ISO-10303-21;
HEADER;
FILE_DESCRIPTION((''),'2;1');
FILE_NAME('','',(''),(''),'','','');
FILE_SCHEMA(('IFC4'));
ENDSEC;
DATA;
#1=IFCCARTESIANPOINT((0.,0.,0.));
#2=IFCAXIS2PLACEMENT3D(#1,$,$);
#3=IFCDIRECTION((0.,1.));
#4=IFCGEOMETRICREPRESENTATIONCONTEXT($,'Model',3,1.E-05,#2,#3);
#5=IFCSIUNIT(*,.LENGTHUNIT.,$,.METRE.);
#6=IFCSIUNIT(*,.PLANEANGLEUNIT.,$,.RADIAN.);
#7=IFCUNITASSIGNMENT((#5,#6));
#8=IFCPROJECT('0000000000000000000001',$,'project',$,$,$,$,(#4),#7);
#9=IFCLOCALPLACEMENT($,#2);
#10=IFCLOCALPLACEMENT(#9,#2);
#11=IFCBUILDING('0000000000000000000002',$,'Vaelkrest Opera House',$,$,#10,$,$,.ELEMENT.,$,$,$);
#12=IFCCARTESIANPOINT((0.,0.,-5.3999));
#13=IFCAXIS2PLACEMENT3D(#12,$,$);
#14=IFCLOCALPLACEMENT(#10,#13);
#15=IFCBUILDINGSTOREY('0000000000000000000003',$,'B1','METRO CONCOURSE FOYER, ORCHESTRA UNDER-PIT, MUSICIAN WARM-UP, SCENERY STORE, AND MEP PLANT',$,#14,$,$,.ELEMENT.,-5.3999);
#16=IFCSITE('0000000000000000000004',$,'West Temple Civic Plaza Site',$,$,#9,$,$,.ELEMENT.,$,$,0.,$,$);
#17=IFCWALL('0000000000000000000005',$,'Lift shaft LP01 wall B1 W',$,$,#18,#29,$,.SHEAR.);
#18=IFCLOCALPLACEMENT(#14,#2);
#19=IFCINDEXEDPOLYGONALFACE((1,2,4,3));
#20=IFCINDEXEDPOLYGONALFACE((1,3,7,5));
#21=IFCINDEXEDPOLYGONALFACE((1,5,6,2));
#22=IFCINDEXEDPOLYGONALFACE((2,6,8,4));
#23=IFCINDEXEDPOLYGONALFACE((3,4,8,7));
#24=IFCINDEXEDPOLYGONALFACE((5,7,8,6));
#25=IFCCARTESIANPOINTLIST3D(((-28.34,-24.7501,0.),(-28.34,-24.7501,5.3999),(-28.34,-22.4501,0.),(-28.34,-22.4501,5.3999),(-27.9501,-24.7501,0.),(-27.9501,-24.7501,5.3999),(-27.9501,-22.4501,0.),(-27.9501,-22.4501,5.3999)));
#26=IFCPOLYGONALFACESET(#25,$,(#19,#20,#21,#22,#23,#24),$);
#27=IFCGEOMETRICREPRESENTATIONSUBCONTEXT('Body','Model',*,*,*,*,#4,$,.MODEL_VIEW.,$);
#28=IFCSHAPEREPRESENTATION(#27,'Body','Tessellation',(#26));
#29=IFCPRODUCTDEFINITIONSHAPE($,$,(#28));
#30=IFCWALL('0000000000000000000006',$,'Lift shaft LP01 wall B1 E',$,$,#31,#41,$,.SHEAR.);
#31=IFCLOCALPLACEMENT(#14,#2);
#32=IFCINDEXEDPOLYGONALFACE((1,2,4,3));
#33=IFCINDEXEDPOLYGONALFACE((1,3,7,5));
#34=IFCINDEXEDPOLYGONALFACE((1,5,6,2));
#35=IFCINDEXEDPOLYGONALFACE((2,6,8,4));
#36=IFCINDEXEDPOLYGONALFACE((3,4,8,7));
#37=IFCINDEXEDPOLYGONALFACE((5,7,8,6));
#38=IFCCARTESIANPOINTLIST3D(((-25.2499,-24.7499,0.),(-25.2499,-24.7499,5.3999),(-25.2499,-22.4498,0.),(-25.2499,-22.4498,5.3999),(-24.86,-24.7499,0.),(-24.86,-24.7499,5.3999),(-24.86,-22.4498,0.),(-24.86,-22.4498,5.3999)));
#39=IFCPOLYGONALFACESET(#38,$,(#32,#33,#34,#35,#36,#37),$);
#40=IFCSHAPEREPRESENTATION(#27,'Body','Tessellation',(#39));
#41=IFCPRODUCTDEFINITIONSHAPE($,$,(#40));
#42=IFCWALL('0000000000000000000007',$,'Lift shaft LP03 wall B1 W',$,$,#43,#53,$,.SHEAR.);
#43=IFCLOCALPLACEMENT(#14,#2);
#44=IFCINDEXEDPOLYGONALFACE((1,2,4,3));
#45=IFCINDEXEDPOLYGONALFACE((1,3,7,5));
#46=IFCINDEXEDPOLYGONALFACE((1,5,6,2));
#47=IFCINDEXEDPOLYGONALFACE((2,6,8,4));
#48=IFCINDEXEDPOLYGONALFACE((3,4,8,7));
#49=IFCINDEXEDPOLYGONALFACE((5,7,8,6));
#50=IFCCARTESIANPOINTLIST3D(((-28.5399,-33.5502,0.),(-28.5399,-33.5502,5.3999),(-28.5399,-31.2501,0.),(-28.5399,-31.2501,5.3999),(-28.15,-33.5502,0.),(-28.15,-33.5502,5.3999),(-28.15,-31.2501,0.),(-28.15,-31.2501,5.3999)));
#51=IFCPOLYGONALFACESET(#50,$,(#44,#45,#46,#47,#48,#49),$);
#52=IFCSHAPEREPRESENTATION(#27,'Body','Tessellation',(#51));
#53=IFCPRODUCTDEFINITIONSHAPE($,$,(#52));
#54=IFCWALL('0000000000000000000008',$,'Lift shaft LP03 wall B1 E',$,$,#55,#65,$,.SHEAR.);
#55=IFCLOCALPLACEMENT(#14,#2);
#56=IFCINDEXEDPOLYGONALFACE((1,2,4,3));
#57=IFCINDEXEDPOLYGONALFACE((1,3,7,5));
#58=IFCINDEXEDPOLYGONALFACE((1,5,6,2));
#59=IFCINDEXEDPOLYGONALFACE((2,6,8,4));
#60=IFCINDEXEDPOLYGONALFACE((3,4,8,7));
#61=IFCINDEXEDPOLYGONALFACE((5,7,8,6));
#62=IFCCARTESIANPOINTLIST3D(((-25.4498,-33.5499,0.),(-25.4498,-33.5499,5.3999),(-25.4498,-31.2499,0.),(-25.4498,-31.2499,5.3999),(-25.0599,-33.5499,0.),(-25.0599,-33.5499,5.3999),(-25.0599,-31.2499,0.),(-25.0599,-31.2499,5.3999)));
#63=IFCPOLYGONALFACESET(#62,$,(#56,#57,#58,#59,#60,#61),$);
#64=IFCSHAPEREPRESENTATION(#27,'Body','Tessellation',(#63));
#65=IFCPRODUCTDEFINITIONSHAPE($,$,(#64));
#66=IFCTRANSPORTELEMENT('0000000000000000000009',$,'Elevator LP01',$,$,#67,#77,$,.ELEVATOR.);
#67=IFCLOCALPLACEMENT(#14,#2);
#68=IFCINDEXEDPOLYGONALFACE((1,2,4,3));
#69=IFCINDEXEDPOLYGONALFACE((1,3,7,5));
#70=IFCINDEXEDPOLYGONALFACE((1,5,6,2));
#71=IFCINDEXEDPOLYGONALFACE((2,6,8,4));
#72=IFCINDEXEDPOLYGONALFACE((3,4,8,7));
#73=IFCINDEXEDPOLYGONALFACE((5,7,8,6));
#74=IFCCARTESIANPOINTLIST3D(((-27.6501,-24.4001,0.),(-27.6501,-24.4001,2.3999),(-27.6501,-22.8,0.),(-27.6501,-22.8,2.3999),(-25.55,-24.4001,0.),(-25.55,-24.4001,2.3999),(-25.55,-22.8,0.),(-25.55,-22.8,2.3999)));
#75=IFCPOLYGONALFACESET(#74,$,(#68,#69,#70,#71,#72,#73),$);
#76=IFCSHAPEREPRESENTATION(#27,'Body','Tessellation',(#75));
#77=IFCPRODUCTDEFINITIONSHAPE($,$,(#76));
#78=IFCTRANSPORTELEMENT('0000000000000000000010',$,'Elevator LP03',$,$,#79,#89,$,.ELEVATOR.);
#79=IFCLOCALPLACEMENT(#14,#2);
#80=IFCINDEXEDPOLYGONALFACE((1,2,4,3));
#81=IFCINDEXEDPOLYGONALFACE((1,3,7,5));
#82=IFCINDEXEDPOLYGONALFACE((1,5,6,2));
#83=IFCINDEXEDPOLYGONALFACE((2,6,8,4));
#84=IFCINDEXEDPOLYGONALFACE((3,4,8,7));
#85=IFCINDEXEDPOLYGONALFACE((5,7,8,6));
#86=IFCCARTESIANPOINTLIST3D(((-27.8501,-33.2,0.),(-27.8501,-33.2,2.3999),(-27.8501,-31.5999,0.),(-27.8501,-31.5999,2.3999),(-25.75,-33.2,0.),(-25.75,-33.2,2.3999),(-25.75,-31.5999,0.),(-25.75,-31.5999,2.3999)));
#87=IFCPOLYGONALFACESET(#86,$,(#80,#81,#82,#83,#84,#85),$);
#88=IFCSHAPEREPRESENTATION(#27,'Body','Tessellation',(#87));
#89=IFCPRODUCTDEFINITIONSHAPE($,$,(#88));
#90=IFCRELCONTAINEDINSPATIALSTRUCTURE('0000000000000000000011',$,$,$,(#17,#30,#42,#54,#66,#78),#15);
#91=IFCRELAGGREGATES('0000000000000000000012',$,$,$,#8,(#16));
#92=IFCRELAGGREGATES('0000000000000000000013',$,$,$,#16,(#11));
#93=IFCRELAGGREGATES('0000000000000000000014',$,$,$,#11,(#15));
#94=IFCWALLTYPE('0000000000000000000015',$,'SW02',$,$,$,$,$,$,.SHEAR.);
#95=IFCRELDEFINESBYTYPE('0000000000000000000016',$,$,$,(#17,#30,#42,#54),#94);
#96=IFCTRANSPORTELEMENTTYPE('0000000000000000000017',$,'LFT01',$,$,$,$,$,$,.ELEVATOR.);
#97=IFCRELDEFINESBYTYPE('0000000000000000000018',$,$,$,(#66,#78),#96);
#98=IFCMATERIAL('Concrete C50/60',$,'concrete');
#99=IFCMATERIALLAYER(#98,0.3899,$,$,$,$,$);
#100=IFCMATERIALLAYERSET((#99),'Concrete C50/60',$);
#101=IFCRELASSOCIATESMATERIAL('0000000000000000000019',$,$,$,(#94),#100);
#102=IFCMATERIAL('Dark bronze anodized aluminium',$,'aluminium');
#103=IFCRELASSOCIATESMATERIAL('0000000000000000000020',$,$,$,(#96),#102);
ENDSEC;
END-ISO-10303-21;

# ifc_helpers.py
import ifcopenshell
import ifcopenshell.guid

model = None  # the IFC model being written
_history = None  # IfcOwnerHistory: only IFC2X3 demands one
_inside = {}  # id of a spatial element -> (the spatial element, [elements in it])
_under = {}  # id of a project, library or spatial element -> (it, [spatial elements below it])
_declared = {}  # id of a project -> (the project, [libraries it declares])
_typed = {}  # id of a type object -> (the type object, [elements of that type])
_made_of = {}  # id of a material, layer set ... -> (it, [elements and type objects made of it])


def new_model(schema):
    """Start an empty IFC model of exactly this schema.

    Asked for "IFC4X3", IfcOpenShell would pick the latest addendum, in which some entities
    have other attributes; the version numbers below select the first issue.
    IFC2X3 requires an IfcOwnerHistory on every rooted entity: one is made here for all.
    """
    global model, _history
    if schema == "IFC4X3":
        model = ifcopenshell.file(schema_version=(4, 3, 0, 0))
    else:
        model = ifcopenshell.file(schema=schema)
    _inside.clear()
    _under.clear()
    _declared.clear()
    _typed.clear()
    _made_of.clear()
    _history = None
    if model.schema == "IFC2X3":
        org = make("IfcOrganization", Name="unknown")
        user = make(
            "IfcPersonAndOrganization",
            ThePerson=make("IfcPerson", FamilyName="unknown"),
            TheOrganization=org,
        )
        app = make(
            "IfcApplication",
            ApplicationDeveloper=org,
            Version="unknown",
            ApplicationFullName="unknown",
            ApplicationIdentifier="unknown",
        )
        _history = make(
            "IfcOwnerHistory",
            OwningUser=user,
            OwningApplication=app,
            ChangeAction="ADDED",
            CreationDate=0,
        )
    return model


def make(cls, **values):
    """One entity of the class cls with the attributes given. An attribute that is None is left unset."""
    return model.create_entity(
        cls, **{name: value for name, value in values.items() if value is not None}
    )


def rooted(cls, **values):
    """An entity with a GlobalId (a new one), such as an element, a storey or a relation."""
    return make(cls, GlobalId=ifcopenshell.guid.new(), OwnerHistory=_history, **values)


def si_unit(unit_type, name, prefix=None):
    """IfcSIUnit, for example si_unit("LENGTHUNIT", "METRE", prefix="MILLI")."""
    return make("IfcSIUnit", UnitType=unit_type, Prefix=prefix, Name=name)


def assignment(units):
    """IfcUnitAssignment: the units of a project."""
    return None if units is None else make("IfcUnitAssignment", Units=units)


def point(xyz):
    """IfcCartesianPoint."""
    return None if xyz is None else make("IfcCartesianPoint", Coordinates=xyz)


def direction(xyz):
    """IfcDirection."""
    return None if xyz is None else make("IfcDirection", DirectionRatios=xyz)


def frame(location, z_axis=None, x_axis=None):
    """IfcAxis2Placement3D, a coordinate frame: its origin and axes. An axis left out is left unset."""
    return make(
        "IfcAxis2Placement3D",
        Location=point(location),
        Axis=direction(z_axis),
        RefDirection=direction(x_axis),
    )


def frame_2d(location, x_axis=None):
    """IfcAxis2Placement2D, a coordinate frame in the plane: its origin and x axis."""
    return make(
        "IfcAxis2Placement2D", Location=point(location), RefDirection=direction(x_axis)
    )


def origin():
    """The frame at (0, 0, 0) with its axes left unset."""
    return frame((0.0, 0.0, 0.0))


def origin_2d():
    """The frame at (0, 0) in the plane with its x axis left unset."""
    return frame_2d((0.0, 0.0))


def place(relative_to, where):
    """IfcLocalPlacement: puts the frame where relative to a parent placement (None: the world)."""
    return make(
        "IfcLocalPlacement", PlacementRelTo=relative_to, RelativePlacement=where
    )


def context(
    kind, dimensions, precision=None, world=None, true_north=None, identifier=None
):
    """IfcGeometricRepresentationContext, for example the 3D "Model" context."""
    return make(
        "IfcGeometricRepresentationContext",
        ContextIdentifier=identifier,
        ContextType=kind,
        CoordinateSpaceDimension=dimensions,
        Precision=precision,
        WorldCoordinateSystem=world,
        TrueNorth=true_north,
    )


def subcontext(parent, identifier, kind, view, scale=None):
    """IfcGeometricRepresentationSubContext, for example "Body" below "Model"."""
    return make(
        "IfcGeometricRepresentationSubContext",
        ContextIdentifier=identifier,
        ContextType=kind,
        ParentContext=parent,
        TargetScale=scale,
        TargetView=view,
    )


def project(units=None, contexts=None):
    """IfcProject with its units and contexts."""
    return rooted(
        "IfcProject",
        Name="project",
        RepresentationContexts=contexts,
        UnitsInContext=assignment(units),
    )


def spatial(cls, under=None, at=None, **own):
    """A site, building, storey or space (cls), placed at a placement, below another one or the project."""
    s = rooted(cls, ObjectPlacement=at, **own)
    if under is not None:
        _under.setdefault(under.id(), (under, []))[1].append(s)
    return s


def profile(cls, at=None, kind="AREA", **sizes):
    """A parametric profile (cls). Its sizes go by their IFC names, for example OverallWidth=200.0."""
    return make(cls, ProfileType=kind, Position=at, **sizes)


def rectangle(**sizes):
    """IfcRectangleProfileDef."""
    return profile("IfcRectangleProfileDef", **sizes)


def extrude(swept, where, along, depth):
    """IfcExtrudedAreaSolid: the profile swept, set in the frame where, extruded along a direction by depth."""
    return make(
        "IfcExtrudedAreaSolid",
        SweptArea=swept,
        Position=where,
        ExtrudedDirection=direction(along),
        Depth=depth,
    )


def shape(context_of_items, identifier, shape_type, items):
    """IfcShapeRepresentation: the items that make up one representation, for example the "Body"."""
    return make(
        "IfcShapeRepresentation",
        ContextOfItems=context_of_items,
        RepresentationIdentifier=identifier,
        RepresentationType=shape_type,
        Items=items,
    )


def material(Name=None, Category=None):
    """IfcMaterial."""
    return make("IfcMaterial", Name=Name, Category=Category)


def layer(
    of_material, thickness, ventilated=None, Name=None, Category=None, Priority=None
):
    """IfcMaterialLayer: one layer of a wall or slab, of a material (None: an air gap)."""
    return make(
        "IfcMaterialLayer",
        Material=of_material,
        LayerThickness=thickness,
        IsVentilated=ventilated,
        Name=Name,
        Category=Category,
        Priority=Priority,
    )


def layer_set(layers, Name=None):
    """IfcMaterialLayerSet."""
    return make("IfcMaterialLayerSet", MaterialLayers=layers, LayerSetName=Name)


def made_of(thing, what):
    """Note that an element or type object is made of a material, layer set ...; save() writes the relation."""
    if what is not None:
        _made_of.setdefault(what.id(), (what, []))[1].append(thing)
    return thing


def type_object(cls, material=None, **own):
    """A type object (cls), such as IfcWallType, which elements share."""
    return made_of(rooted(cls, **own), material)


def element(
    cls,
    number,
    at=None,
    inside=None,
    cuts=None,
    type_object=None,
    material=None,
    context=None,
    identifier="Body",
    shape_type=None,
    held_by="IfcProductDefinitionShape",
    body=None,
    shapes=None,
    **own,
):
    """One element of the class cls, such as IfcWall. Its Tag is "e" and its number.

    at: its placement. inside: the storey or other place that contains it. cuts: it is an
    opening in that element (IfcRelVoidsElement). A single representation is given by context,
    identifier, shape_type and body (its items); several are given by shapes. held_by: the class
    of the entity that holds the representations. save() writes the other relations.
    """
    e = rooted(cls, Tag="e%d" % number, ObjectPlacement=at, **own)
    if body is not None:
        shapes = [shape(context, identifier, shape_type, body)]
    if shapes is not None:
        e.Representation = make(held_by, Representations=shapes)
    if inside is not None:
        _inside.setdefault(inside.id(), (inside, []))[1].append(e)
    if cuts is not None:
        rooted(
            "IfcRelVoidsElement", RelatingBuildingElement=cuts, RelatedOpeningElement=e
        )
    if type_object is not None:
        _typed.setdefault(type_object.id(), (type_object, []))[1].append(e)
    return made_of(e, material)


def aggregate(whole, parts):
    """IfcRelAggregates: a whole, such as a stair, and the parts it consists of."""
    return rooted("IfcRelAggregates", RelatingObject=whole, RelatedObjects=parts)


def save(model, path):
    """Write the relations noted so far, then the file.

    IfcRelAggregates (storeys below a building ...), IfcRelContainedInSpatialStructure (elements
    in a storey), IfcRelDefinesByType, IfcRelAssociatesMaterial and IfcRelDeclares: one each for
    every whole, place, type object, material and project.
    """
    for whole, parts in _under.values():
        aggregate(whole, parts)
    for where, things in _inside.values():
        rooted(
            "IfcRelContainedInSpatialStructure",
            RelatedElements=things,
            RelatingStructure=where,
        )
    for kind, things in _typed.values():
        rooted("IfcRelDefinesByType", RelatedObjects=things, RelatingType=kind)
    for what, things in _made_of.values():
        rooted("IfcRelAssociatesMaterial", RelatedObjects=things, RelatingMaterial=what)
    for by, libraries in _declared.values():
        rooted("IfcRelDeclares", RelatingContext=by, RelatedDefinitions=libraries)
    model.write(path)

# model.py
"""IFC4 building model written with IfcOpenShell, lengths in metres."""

from ifc_helpers import new_model, si_unit, direction, frame, frame_2d, origin, origin_2d, place, context, subcontext, project, spatial, rectangle, extrude, material, layer, layer_set, type_object, element, save


model = new_model("IFC4")

# Units and contexts
model_context = context("Model", 3, precision=1e-05, world=origin(), true_north=direction((0.0, 1.0)))
body_context = subcontext(model_context, "Body", "Model", "MODEL_VIEW")
ifc_project = project(units=[si_unit("LENGTHUNIT", "METRE"), si_unit("PLANEANGLEUNIT", "RADIAN")], contexts=[model_context])

# Site, building, storey
site_placement = place(None, origin())
site = spatial("IfcSite", under=ifc_project, at=site_placement, Name="West Temple Civic Plaza Site", CompositionType="ELEMENT", RefElevation=0.0)
building_placement = place(site_placement, origin())
building = spatial("IfcBuilding", under=site, at=building_placement, Name="Vaelkrest Opera House", CompositionType="ELEMENT")
storey_placement = place(building_placement, frame((0.0, 0.0, -5.3999)))
storey = spatial("IfcBuildingStorey", under=building, at=storey_placement, Name="B1", Description="METRO CONCOURSE FOYER, ORCHESTRA UNDER-PIT, MUSICIAN WARM-UP, SCENERY STORE, AND MEP PLANT", CompositionType="ELEMENT", Elevation=-5.3999)

# Shared definitions
ifc_material_1 = material(Name="Concrete C50/60", Category="concrete")

# Shared definitions
ifc_layer = layer(ifc_material_1, 0.3899)
ifc_layer_set = layer_set([ifc_layer], Name="Concrete C50/60")
wall_type = type_object("IfcWallType", Name="SW02", PredefinedType="SHEAR", material=ifc_layer_set)
ifc_material_2 = material(Name="Dark bronze anodized aluminium", Category="aluminium")

# Walls
for number, where, z_axis, x_axis, name in (
    (1, (-28.145, -24.75, 0.0), (0.0, 0.0, 1.0), (0.0, 1.0, 0.0), "Lift shaft LP01 wall B1 W"),
    (2, (-25.0549, -22.45, 0.0), (0.0, 0.0, 1.0), (0.0, -1.0, 0.0), "Lift shaft LP01 wall B1 E"),
):
    element("IfcWall", number, at=place(storey_placement, frame(where, z_axis=z_axis, x_axis=x_axis)), inside=storey, type_object=wall_type, Name=name, PredefinedType="SHEAR", context=body_context, shape_type="SweptSolid", body=[
        extrude(rectangle(XDim=2.3, YDim=0.3899, at=frame_2d((1.1499, 0.0))), origin(), (0.0, 0.0, 1.0), 5.3999),
    ])

# Walls
for number, where, z_axis, x_axis, name in (
    (3, (-28.345, -33.55, 0.0), (0.0, 0.0, 1.0), (0.0, 1.0, 0.0), "Lift shaft LP03 wall B1 W"),
    (4, (-25.2549, -31.25, 0.0), (0.0, 0.0, 1.0), (0.0, -1.0, 0.0), "Lift shaft LP03 wall B1 E"),
):
    element("IfcWall", number, at=place(storey_placement, frame(where, z_axis=z_axis, x_axis=x_axis)), inside=storey, type_object=wall_type, Name=name, PredefinedType="SHEAR", context=body_context, shape_type="SweptSolid", body=[
        extrude(rectangle(XDim=2.3, YDim=0.3899, at=frame_2d((1.1499, 0.0))), origin(), (0.0, 0.0, 1.0), 5.3999),
    ])

# Transport elements
transport_element_type = type_object("IfcTransportElementType", Name="LFT01", PredefinedType="ELEVATOR", material=ifc_material_2)
for number, where, z_axis, x_axis, name in (
    (5, (-26.6001, -23.6001, 0.0), (0.0, 0.0, 1.0), (1.0, 0.0, 0.0), "Elevator LP01"),
    (6, (-26.8, -32.3999, 0.0), (0.0, 0.0, 1.0), (1.0, 0.0, 0.0), "Elevator LP03"),
):
    element("IfcTransportElement", number, at=place(storey_placement, frame(where, z_axis=z_axis, x_axis=x_axis)), inside=storey, type_object=transport_element_type, Name=name, PredefinedType="ELEVATOR", context=body_context, shape_type="SweptSolid", body=[
        extrude(rectangle(XDim=2.1001, YDim=1.6001, at=origin_2d()), origin(), (0.0, 0.0, 1.0), 2.3999),
    ])

save(model, "model.ifc")
